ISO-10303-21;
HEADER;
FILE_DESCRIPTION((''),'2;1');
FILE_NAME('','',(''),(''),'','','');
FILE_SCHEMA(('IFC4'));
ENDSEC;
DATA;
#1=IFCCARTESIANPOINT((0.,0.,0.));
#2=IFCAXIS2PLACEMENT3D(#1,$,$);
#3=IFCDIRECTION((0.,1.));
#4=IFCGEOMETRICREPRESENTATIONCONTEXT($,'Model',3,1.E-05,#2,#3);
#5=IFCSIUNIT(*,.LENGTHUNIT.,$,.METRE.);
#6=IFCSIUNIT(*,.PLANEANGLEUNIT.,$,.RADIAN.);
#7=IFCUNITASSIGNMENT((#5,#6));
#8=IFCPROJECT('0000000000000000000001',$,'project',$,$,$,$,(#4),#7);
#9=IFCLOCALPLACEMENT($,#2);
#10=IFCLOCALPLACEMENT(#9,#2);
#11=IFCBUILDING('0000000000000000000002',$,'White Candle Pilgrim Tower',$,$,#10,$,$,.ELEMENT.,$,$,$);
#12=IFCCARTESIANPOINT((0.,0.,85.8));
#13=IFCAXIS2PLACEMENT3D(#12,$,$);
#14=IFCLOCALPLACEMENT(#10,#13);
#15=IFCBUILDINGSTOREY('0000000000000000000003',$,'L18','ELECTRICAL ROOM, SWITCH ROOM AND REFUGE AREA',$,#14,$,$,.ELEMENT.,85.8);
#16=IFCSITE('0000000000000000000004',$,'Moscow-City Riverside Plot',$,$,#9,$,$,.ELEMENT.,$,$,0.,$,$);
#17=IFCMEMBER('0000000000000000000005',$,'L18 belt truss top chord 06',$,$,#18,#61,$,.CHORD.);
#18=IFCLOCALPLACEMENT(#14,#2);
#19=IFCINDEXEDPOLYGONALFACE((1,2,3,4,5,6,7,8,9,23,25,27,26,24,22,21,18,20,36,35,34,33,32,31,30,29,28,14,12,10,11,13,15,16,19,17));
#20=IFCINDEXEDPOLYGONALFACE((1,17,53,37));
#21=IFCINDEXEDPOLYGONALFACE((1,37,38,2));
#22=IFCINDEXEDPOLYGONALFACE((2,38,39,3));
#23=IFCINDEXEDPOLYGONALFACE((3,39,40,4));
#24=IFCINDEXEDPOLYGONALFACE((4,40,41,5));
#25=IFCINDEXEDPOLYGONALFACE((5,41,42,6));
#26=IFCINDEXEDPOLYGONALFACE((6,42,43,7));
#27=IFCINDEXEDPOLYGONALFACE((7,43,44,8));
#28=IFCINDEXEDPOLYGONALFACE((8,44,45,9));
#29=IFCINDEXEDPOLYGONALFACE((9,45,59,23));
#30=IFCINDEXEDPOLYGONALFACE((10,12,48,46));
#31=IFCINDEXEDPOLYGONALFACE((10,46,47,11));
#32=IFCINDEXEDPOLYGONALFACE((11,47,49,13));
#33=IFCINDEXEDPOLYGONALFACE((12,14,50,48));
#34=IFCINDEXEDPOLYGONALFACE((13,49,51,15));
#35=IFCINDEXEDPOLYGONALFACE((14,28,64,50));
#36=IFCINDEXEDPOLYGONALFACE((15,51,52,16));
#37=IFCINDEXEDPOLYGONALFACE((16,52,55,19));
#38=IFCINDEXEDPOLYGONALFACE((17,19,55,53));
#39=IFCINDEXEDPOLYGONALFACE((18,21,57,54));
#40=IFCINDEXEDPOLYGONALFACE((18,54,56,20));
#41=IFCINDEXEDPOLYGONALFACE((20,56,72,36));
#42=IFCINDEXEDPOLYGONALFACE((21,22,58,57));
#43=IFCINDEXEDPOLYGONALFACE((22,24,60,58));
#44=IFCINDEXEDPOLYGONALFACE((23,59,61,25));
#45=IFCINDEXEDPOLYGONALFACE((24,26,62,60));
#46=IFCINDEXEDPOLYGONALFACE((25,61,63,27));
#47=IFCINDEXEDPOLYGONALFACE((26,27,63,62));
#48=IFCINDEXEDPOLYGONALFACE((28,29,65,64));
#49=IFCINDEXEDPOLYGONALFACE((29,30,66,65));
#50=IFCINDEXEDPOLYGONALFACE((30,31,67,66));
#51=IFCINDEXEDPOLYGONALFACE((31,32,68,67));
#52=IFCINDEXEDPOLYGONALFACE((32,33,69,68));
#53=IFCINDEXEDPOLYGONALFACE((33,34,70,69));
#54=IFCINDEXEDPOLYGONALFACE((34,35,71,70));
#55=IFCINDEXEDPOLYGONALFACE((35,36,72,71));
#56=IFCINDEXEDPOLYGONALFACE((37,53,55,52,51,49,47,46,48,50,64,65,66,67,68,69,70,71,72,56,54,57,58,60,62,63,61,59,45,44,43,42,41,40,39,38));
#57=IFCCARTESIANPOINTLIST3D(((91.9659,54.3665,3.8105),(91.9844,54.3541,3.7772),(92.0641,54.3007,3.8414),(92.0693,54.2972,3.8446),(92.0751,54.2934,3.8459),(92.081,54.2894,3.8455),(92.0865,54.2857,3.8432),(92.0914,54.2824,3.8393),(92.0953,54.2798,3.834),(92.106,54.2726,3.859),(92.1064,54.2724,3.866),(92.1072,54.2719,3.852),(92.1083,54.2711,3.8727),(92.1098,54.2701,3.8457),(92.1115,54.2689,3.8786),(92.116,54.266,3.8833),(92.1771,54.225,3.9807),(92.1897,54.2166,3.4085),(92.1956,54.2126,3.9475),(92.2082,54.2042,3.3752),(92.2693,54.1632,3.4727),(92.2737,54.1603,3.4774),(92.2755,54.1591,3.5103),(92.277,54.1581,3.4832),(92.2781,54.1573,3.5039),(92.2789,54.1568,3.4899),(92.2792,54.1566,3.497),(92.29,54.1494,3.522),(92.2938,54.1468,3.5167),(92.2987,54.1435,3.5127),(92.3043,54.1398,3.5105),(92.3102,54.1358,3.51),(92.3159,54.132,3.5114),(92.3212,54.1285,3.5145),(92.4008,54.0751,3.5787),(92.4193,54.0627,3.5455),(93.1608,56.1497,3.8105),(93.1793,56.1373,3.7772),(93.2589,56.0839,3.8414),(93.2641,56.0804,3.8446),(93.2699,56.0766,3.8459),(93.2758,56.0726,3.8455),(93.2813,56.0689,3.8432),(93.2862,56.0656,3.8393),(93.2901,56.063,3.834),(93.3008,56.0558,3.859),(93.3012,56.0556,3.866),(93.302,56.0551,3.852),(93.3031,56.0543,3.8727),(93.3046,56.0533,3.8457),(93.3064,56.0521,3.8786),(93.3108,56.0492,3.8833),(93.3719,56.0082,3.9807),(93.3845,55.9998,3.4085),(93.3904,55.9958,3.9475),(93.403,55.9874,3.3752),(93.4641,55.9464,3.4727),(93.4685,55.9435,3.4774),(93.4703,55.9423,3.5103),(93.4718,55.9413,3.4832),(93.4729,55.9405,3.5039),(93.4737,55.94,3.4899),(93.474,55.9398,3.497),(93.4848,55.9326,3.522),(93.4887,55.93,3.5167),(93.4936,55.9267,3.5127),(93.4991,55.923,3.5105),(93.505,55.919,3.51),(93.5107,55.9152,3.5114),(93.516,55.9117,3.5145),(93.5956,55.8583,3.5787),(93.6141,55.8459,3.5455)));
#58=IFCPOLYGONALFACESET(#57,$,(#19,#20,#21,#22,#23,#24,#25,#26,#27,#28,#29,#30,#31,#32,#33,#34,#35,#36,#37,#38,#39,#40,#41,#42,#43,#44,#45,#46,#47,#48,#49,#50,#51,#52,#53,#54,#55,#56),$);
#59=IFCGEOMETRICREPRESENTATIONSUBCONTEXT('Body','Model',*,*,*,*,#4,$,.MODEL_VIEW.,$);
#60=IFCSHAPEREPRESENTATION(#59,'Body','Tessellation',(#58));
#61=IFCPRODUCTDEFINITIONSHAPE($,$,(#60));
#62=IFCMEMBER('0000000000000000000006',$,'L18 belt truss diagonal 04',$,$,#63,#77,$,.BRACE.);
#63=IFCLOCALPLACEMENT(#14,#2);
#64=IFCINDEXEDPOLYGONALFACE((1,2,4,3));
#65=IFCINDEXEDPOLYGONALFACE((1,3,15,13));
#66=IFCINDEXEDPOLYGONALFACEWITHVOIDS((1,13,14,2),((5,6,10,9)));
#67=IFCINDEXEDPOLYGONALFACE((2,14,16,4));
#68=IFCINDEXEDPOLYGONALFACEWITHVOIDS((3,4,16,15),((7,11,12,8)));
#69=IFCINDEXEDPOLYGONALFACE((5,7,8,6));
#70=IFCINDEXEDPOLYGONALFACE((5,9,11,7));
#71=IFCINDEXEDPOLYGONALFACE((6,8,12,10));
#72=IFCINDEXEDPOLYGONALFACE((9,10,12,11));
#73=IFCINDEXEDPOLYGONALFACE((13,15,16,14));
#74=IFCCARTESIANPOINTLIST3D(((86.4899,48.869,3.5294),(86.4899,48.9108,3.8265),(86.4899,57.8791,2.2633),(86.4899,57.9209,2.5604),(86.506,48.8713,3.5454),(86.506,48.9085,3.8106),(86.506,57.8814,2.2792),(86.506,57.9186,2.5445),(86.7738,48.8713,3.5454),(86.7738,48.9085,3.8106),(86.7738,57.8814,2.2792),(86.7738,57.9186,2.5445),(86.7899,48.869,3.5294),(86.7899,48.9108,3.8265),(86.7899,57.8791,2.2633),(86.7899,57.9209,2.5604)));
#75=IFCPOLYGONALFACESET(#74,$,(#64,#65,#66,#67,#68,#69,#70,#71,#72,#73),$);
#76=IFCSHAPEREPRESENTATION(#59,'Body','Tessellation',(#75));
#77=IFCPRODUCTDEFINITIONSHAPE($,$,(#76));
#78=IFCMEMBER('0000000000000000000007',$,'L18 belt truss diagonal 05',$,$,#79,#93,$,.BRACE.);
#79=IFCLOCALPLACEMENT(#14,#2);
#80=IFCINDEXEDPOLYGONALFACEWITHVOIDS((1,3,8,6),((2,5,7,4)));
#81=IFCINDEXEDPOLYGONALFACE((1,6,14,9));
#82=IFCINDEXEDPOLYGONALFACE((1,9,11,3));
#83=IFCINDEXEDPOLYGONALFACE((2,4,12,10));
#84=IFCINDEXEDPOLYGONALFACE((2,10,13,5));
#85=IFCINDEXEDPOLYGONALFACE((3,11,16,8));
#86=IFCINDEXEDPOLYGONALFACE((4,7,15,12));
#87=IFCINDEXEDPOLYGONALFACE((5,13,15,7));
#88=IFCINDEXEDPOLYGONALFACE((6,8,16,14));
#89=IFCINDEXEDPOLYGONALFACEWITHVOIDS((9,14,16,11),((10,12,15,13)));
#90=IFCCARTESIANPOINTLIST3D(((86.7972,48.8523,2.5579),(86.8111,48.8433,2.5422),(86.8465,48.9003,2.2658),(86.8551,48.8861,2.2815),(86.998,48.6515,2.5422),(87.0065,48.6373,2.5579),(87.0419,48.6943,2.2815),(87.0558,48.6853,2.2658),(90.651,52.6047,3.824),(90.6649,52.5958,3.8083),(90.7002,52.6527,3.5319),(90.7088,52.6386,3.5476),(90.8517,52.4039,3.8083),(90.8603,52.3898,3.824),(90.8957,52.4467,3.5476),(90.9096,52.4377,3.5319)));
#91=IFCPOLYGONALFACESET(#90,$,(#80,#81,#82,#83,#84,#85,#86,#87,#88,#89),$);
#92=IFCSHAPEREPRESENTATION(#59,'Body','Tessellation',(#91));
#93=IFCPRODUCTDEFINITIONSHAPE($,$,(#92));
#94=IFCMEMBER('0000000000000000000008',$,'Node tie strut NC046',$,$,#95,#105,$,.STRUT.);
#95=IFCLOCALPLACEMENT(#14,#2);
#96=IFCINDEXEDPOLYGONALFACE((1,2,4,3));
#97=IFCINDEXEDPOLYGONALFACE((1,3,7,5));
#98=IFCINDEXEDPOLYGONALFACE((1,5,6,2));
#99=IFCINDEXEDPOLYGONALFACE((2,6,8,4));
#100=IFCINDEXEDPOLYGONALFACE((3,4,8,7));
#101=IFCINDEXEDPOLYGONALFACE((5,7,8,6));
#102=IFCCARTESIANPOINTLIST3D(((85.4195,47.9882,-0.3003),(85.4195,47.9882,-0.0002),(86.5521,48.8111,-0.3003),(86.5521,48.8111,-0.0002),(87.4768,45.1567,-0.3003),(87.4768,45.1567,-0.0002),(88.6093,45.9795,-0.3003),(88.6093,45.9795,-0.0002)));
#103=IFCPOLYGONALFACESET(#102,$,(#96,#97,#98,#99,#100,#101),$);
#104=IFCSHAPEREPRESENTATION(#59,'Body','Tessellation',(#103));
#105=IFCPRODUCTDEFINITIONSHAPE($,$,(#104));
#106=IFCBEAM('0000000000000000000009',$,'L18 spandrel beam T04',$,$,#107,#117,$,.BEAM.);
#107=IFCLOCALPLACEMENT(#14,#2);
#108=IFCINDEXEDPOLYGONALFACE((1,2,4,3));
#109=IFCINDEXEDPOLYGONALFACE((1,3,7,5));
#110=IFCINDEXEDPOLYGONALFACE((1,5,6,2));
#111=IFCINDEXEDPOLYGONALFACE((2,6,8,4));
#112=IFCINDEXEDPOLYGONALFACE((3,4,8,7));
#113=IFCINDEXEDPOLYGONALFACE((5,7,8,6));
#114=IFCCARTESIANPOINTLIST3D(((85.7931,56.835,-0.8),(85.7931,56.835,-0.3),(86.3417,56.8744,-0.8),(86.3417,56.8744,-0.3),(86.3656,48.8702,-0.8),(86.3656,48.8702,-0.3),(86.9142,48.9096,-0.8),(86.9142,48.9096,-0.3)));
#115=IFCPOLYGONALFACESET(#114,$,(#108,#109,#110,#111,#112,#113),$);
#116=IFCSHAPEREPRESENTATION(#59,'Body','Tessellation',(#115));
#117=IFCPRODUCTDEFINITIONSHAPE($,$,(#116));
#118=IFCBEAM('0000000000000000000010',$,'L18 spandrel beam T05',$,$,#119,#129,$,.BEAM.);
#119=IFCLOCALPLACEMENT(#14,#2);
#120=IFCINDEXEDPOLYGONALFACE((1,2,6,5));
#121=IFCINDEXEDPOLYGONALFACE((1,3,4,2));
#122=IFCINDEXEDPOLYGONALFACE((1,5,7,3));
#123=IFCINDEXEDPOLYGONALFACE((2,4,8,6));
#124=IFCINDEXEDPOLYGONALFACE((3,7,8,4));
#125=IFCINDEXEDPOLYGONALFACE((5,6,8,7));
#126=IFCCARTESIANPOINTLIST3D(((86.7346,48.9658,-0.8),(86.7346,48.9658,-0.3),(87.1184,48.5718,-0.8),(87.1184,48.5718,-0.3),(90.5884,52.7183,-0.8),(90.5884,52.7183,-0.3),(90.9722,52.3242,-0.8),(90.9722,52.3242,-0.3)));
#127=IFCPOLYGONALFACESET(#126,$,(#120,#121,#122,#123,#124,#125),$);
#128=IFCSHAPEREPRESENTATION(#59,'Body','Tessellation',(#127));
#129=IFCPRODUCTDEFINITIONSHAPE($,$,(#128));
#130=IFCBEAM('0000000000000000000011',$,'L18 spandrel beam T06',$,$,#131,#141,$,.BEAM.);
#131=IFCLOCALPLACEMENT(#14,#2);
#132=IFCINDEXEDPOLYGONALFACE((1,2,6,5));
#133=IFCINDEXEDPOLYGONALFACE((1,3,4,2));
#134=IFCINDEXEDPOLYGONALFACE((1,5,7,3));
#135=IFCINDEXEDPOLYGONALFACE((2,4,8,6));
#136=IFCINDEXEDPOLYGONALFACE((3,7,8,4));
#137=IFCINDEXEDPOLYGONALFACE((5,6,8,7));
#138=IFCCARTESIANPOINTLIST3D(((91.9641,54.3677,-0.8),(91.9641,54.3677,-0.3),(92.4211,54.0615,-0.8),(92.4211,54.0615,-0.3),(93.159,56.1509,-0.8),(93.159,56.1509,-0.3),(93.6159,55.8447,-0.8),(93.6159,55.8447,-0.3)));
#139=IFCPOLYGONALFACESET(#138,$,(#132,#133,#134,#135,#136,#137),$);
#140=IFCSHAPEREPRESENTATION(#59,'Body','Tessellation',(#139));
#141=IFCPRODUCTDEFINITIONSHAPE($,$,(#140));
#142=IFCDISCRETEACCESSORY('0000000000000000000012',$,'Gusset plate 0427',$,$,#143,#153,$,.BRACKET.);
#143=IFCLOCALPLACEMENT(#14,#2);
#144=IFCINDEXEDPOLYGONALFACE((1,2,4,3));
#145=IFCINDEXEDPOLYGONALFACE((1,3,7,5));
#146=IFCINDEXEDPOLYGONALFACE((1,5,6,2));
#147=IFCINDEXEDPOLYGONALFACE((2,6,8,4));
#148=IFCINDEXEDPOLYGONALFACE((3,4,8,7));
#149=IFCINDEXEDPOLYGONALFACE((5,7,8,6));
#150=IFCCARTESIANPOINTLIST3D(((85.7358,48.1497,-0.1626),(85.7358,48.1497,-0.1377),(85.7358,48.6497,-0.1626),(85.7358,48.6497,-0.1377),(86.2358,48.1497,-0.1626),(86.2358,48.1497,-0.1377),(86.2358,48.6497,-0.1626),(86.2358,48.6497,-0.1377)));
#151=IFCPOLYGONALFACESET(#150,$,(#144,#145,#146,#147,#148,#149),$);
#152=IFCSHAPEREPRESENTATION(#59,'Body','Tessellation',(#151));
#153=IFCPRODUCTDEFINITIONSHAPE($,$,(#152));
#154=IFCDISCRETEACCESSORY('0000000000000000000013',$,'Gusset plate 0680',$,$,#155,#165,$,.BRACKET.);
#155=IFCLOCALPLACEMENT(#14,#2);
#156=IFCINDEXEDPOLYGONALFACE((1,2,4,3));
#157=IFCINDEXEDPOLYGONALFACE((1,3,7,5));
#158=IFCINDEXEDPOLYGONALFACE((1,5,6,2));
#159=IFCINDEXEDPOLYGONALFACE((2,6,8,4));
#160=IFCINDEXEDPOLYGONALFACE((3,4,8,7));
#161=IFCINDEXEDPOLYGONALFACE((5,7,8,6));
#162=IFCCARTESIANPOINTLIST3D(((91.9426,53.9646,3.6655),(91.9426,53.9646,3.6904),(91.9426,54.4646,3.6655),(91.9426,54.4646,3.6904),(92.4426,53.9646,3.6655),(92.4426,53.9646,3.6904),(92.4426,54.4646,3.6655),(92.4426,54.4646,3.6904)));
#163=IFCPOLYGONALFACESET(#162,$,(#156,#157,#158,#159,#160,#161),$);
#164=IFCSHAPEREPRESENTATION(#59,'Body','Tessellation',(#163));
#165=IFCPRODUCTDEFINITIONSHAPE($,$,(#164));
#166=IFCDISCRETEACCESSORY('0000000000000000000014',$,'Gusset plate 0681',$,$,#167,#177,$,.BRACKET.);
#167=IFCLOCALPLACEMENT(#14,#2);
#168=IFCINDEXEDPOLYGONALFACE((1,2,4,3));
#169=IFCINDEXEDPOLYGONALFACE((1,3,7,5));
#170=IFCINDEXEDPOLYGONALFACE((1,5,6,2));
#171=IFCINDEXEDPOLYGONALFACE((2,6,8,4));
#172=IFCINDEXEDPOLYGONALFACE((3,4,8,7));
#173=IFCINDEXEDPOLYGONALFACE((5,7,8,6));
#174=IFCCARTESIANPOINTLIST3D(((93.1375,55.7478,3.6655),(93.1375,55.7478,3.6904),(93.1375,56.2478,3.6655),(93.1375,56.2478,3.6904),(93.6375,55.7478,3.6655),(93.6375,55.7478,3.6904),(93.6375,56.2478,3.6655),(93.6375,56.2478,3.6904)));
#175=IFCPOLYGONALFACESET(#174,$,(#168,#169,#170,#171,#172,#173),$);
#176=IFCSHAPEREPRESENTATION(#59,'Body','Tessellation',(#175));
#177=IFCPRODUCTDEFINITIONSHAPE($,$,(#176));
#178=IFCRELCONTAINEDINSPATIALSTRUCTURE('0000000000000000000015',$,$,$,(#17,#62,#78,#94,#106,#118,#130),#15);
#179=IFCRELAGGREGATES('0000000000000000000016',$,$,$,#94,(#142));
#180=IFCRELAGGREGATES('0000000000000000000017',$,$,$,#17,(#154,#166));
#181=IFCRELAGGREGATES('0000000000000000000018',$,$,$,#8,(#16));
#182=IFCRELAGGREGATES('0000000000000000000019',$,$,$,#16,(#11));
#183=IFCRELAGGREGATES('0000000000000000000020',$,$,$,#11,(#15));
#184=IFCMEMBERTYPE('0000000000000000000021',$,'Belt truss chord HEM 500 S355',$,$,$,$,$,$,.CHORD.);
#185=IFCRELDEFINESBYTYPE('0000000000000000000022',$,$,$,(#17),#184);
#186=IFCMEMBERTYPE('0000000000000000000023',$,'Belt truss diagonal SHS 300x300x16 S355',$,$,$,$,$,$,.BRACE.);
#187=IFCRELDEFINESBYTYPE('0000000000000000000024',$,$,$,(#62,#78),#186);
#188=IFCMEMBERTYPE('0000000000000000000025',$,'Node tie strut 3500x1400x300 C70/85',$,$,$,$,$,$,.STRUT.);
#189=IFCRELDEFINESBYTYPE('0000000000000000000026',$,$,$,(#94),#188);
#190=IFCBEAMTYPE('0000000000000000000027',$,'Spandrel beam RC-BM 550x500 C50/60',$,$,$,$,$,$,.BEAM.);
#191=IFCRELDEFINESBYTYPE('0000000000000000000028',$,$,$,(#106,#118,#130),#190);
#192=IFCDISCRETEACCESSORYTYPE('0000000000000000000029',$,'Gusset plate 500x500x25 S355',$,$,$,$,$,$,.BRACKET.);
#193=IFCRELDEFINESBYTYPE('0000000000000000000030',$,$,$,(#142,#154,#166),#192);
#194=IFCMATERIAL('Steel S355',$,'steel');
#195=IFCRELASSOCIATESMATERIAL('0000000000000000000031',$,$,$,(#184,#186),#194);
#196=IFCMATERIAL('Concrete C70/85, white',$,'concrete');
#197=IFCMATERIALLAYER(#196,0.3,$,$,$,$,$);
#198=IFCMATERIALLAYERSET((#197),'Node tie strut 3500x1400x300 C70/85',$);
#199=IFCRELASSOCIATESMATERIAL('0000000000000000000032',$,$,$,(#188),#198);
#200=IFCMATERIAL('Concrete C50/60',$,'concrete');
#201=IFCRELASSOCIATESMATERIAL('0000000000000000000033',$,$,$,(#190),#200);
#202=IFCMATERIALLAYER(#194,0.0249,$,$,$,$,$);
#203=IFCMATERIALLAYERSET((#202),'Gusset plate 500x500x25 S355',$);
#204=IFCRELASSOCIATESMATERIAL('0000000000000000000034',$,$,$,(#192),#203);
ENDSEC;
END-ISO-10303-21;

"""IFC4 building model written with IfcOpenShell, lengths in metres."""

from ifc_helpers import new_model, si_unit, direction, frame, origin, origin_2d, place, context, subcontext, project, spatial, rectangle, hollow_rectangle, i_section, extrude, material, layer, layer_set, material_profile, profile_set, type_object, element, aggregate, save


model = new_model("IFC4")

# Units and contexts
model_context = context("Model", 3, precision=1e-05, world=origin(), true_north=direction((0.0, 1.0)))
body_context = subcontext(model_context, "Body", "Model", "MODEL_VIEW")
ifc_project = project(units=[si_unit("LENGTHUNIT", "METRE"), si_unit("PLANEANGLEUNIT", "RADIAN")], contexts=[model_context])

# Site, building, storey
site_placement = place(None, origin())
site = spatial("IfcSite", under=ifc_project, at=site_placement, Name="Moscow-City Riverside Plot", CompositionType="ELEMENT", RefElevation=0.0)
building_placement = place(site_placement, origin())
building = spatial("IfcBuilding", under=site, at=building_placement, Name="White Candle Pilgrim Tower", CompositionType="ELEMENT")
storey_placement = place(building_placement, frame((0.0, 0.0, 85.8)))
storey = spatial("IfcBuildingStorey", under=building, at=storey_placement, Name="L18", Description="ELECTRICAL ROOM, SWITCH ROOM AND REFUGE AREA", CompositionType="ELEMENT", Elevation=85.8)

# Member
ifc_material_1 = material(Name="Steel S355", Category="steel")
ifc_material_profile_1 = material_profile(ifc_material_1, i_section(OverallWidth=0.3059, OverallDepth=0.5239, WebThickness=0.021, FlangeThickness=0.04, FilletRadius=0.0271, at=origin_2d()), Name="HEM 500")
ifc_profile_set_1 = profile_set([ifc_material_profile_1], Name="Steel S355")
member_type_1 = type_object("IfcMemberType", Name="Belt truss chord HEM 500 S355", PredefinedType="CHORD", material=ifc_profile_set_1)
member_1_placement = place(storey_placement, frame((92.1926, 54.2146, 3.678), z_axis=(0.556641, 0.830753, 0.0), x_axis=(0.690173, -0.462446, 0.556602)))
member_1 = element("IfcMember", 1, at=member_1_placement, inside=storey, type_object=member_type_1, Name="L18 belt truss top chord 06", PredefinedType="CHORD", context=body_context, shape_type="SweptSolid", body=[
    extrude(i_section(OverallWidth=0.3059, OverallDepth=0.5239, WebThickness=0.021, FlangeThickness=0.04, FilletRadius=0.0271, at=origin_2d()), origin(), (0.0, 0.0, 1.0), 2.1465),
])

# Members
ifc_material_profile_2 = material_profile(ifc_material_1, hollow_rectangle(XDim=0.3, YDim=0.3, WallThickness=0.0161, at=origin_2d()), Name="SHS 300x300x16")
ifc_profile_set_2 = profile_set([ifc_material_profile_2], Name="Steel S355")
member_type_2 = type_object("IfcMemberType", Name="Belt truss diagonal SHS 300x300x16 S355", PredefinedType="BRACE", material=ifc_profile_set_2)
member_2_placement = place(storey_placement, frame((86.6399, 48.8899, 3.678), z_axis=(0.0, 0.990271, -0.139156), x_axis=(-1.0, 0.0, 0.0)))
element("IfcMember", 2, at=member_2_placement, inside=storey, type_object=member_type_2, Name="L18 belt truss diagonal 04", PredefinedType="BRACE", context=body_context, shape_type="SweptSolid", body=[
    extrude(hollow_rectangle(XDim=0.3, YDim=0.3, WallThickness=0.0161, at=origin_2d()), origin(), (0.0, 0.0, 1.0), 9.0986),
])
member_3_placement = place(storey_placement, frame((86.9265, 48.7688, 2.4119), z_axis=(0.697402, 0.679067, 0.229124), x_axis=(-0.697626, 0.716462, 0.0)))
element("IfcMember", 3, at=member_3_placement, inside=storey, type_object=member_type_2, Name="L18 belt truss diagonal 05", PredefinedType="BRACE", context=body_context, shape_type="SweptSolid", body=[
    extrude(hollow_rectangle(XDim=0.3, YDim=0.3, WallThickness=0.0161, at=origin_2d()), origin(), (0.0, 0.0, 1.0), 5.5259),
])

# Member
ifc_material_2 = material(Name="Concrete C70/85, white", Category="concrete")
ifc_layer_1 = layer(ifc_material_2, 0.3)
ifc_layer_set_1 = layer_set([ifc_layer_1], Name="Node tie strut 3500x1400x300 C70/85")
member_type_3 = type_object("IfcMemberType", Name="Node tie strut 3500x1400x300 C70/85", PredefinedType="STRUT", material=ifc_layer_set_1)
member_4_placement = place(storey_placement, frame((87.0144, 46.9839, -0.3003), z_axis=(0.0, 0.0, 1.0), x_axis=(0.809017, 0.587785, 0.0)))
member_4 = element("IfcMember", 4, at=member_4_placement, inside=storey, type_object=member_type_3, Name="Node tie strut NC046", PredefinedType="STRUT", context=body_context, shape_type="SweptSolid", body=[
    extrude(rectangle(XDim=1.3999, YDim=3.5, at=origin_2d()), origin(), (0.0, 0.0, 1.0), 0.3),
])

# Beams
ifc_material_3 = material(Name="Concrete C50/60", Category="concrete")
ifc_material_profile_3 = material_profile(ifc_material_3, rectangle(XDim=0.55, YDim=0.5, at=origin_2d()), Name="RC-BM 550x500")
ifc_profile_set_3 = profile_set([ifc_material_profile_3], Name="Concrete C50/60")
beam_type = type_object("IfcBeamType", Name="Spandrel beam RC-BM 550x500 C50/60", PredefinedType="BEAM", material=ifc_profile_set_3)
beam_1_placement = place(storey_placement, frame((86.6399, 48.8899, -0.55), z_axis=(-0.071695, 0.997427, 0.0), x_axis=(-0.997427, -0.071695, 0.0)))
element("IfcBeam", 5, at=beam_1_placement, inside=storey, type_object=beam_type, Name="L18 spandrel beam T04", PredefinedType="BEAM", context=body_context, shape_type="SweptSolid", body=[
    extrude(rectangle(XDim=0.55, YDim=0.5, at=origin_2d()), origin(), (0.0, 0.0, 1.0), 7.9854),
])
beam_2_placement = place(storey_placement, frame((86.9265, 48.7688, -0.55), z_axis=(0.716462, 0.697626, 0.0), x_axis=(-0.697626, 0.716462, 0.0)))
element("IfcBeam", 6, at=beam_2_placement, inside=storey, type_object=beam_type, Name="L18 spandrel beam T05", PredefinedType="BEAM", context=body_context, shape_type="SweptSolid", body=[
    extrude(rectangle(XDim=0.55, YDim=0.5, at=origin_2d()), origin(), (0.0, 0.0, 1.0), 5.3789),
])
beam_3_placement = place(storey_placement, frame((92.1926, 54.2146, -0.55), z_axis=(0.556641, 0.830753, 0.0), x_axis=(-0.830753, 0.556641, 0.0)))
element("IfcBeam", 7, at=beam_3_placement, inside=storey, type_object=beam_type, Name="L18 spandrel beam T06", PredefinedType="BEAM", context=body_context, shape_type="SweptSolid", body=[
    extrude(rectangle(XDim=0.55, YDim=0.5, at=origin_2d()), origin(), (0.0, 0.0, 1.0), 2.1465),
])

# Discrete accessories
ifc_layer_2 = layer(ifc_material_1, 0.0249)
ifc_layer_set_2 = layer_set([ifc_layer_2], Name="Gusset plate 500x500x25 S355")
discrete_accessory_type_1 = type_object("IfcDiscreteAccessoryType", Name="Gusset plate 500x500x25 S355", PredefinedType="BRACKET", material=ifc_layer_set_2)
discrete_accessory_1_placement = place(storey_placement, frame((85.9858, 48.3997, -0.1626), z_axis=(0.0, 0.0, 1.0), x_axis=(1.0, 0.0, 0.0)))
discrete_accessory_1 = element("IfcDiscreteAccessory", 8, at=discrete_accessory_1_placement, type_object=discrete_accessory_type_1, Name="Gusset plate 0427", PredefinedType="BRACKET", context=body_context, shape_type="SweptSolid", body=[
    extrude(rectangle(XDim=0.5, YDim=0.5, at=origin_2d()), origin(), (0.0, 0.0, 1.0), 0.0249),
])
aggregate(member_4, [discrete_accessory_1])
discrete_accessory_2_placement = place(storey_placement, frame((92.1926, 54.2146, 3.6655), z_axis=(0.0, 0.0, 1.0), x_axis=(1.0, 0.0, 0.0)))
discrete_accessory_2 = element("IfcDiscreteAccessory", 9, at=discrete_accessory_2_placement, type_object=discrete_accessory_type_1, Name="Gusset plate 0680", PredefinedType="BRACKET", context=body_context, shape_type="SweptSolid", body=[
    extrude(rectangle(XDim=0.5, YDim=0.5, at=origin_2d()), origin(), (0.0, 0.0, 1.0), 0.0249),
])
discrete_accessory_3_placement = place(storey_placement, frame((93.3875, 55.9978, 3.6655), z_axis=(0.0, 0.0, 1.0), x_axis=(1.0, 0.0, 0.0)))
discrete_accessory_3 = element("IfcDiscreteAccessory", 10, at=discrete_accessory_3_placement, type_object=discrete_accessory_type_1, Name="Gusset plate 0681", PredefinedType="BRACKET", context=body_context, shape_type="SweptSolid", body=[
    extrude(rectangle(XDim=0.5, YDim=0.5, at=origin_2d()), origin(), (0.0, 0.0, 1.0), 0.0249),
])
aggregate(member_1, [discrete_accessory_2, discrete_accessory_3])

save(model, "model.ifc")
